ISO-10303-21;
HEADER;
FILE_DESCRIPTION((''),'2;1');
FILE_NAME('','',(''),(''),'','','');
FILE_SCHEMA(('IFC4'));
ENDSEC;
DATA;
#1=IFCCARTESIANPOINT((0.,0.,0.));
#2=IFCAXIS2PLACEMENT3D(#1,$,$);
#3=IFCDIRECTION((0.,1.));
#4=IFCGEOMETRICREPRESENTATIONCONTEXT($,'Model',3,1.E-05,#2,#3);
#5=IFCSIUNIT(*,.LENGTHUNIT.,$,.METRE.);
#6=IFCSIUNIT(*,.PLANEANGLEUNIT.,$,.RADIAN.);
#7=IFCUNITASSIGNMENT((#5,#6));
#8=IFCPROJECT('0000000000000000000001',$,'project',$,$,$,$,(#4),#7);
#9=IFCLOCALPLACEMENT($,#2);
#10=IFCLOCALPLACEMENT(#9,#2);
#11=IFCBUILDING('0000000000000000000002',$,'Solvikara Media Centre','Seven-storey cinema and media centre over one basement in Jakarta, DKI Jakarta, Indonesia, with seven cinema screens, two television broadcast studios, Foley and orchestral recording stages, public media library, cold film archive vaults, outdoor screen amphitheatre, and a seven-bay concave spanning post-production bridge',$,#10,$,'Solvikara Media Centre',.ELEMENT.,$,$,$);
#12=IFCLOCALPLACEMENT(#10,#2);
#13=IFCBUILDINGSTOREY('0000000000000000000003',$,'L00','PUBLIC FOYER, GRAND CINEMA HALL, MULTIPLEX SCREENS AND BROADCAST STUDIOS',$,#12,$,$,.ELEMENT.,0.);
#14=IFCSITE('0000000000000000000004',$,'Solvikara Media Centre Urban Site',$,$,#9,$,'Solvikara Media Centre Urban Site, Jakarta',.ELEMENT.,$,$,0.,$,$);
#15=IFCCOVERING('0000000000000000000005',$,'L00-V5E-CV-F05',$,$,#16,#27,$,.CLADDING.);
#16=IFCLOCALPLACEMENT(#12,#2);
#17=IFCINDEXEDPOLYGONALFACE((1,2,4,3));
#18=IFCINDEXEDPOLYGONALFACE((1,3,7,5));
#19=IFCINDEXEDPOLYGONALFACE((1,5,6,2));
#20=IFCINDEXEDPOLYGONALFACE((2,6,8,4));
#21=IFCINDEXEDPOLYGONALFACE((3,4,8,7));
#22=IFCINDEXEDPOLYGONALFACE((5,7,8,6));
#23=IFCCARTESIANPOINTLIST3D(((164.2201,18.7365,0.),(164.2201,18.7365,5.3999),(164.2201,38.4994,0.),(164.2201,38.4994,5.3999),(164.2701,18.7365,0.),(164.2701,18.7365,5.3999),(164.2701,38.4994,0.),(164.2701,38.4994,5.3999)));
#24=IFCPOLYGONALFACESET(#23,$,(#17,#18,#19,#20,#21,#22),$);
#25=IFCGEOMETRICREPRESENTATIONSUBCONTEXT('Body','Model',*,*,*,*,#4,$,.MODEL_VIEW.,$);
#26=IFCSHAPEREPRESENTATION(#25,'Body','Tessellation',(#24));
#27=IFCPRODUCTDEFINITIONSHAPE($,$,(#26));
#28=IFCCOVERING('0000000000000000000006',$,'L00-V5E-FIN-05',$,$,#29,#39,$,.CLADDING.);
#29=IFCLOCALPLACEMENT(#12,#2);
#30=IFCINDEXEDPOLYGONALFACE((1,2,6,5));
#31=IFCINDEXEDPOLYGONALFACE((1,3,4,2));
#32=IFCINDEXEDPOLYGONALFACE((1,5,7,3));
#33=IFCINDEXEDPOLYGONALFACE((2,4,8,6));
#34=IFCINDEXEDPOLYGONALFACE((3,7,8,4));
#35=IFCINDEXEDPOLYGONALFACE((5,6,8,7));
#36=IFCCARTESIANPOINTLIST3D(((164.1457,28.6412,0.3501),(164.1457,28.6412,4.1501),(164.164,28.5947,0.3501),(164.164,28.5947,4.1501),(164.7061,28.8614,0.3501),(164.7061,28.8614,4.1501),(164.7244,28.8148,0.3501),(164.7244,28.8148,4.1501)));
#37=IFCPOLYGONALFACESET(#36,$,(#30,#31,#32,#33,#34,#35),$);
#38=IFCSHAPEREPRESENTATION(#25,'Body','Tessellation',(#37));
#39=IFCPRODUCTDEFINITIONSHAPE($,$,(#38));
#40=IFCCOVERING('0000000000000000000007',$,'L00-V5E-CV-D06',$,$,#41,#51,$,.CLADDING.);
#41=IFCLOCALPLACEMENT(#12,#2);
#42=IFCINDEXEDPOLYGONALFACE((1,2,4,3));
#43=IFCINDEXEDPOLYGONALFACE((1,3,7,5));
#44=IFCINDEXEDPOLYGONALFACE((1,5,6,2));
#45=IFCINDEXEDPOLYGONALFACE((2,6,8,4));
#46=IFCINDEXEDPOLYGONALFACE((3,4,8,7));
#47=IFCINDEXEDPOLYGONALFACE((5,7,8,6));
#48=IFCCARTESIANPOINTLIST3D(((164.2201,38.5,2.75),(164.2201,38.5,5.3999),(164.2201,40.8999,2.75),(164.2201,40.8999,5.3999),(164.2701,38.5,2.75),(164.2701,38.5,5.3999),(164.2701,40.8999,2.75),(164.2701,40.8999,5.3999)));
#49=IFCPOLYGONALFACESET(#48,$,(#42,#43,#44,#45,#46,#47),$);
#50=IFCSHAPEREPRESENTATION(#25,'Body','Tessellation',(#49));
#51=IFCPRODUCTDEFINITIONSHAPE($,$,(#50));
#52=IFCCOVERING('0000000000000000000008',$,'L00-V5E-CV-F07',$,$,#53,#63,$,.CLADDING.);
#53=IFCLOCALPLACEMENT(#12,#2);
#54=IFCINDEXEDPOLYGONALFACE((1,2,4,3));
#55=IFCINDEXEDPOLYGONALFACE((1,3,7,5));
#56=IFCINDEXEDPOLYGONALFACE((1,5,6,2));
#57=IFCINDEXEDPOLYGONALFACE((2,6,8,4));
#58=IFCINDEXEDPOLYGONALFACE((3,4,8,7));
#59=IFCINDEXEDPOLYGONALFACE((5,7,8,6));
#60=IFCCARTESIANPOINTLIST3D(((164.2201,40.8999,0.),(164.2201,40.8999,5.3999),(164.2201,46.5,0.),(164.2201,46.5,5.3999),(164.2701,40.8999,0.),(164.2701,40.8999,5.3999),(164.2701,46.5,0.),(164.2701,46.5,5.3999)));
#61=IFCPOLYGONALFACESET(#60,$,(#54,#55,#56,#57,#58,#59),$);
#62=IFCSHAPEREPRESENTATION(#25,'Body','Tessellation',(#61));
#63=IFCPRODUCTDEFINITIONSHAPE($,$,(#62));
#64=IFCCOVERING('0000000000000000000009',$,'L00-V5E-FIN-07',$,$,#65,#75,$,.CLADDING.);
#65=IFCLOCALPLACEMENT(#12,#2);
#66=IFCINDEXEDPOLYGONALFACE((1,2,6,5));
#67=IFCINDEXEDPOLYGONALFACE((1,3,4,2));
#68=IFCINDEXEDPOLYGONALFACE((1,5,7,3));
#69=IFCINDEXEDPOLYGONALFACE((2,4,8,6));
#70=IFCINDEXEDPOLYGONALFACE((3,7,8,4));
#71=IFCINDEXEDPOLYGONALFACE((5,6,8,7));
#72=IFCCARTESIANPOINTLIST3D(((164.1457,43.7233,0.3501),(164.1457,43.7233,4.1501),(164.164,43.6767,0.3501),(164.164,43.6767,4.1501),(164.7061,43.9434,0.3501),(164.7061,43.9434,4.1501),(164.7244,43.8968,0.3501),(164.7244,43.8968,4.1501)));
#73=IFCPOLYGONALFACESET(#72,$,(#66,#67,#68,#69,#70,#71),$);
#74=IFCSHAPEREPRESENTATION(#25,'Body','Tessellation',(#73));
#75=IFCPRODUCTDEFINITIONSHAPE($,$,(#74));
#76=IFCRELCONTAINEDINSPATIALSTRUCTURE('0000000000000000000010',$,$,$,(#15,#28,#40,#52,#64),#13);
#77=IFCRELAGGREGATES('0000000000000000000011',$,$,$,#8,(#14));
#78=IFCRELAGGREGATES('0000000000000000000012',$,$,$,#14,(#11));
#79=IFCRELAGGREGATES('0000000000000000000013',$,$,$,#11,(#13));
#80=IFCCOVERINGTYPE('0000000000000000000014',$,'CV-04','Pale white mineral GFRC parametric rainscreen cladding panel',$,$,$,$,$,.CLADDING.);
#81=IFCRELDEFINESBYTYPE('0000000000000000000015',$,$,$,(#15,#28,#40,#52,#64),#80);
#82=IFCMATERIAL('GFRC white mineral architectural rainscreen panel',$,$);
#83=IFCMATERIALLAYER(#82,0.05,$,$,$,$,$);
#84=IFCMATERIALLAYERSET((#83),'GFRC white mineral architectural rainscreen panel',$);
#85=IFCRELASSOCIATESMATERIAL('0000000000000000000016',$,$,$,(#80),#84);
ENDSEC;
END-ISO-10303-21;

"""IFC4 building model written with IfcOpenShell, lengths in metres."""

from ifc_helpers import new_model, si_unit, direction, frame, origin, origin_2d, place, context, subcontext, project, spatial, rectangle, extrude, material, layer, layer_set, type_object, element, save


model = new_model("IFC4")

# Units and contexts
model_context = context("Model", 3, precision=1e-05, world=origin(), true_north=direction((0.0, 1.0)))
body_context = subcontext(model_context, "Body", "Model", "MODEL_VIEW")
ifc_project = project(units=[si_unit("LENGTHUNIT", "METRE"), si_unit("PLANEANGLEUNIT", "RADIAN")], contexts=[model_context])

# Site, building, storey
site_placement = place(None, origin())
site = spatial("IfcSite", under=ifc_project, at=site_placement, Name="Solvikara Media Centre Urban Site", LongName="Solvikara Media Centre Urban Site, Jakarta", CompositionType="ELEMENT", RefElevation=0.0)
building_placement = place(site_placement, origin())
building = spatial("IfcBuilding", under=site, at=building_placement, Name="Solvikara Media Centre", Description="Seven-storey cinema and media centre over one basement in Jakarta, DKI Jakarta, Indonesia, with seven cinema screens, two television broadcast studios, Foley and orchestral recording stages, public media library, cold film archive vaults, outdoor screen amphitheatre, and a seven-bay concave spanning post-production bridge", LongName="Solvikara Media Centre", CompositionType="ELEMENT")
storey_placement = place(building_placement, origin())
storey = spatial("IfcBuildingStorey", under=building, at=storey_placement, Name="L00", Description="PUBLIC FOYER, GRAND CINEMA HALL, MULTIPLEX SCREENS AND BROADCAST STUDIOS", CompositionType="ELEMENT", Elevation=0.0)

# Coverings
ifc_material_1 = material(Name="GFRC white mineral architectural rainscreen panel")
ifc_layer_1 = layer(ifc_material_1, 0.05)
ifc_layer_set_1 = layer_set([ifc_layer_1], Name="GFRC white mineral architectural rainscreen panel")
covering_type = type_object("IfcCoveringType", Name="CV-04", Description="Pale white mineral GFRC parametric rainscreen cladding panel", PredefinedType="CLADDING", material=ifc_layer_set_1)
covering_1_placement = place(storey_placement, frame((164.2451, 28.6179, 0.0), z_axis=(0.0, 0.0, 1.0), x_axis=(0.0, 1.0, 0.0)))
element("IfcCovering", 1, at=covering_1_placement, inside=storey, type_object=covering_type, Name="L00-V5E-CV-F05", PredefinedType="CLADDING", context=body_context, shape_type="SweptSolid", body=[
    extrude(rectangle(XDim=19.7629, YDim=0.05, at=origin_2d()), origin(), (0.0, 0.0, 1.0), 5.3999),
])
covering_2_placement = place(storey_placement, frame((164.4351, 28.728, 0.3501), z_axis=(0.0, 0.0, 1.0), x_axis=(0.93075, 0.365657, 0.0)))
element("IfcCovering", 2, at=covering_2_placement, inside=storey, type_object=covering_type, Name="L00-V5E-FIN-05", PredefinedType="CLADDING", context=body_context, shape_type="SweptSolid", body=[
    extrude(rectangle(XDim=0.6021, YDim=0.05, at=origin_2d()), origin(), (0.0, 0.0, 1.0), 3.8),
])
covering_3_placement = place(storey_placement, frame((164.2451, 39.7, 2.75), z_axis=(0.0, 0.0, 1.0), x_axis=(0.0, 1.0, 0.0)))
element("IfcCovering", 3, at=covering_3_placement, inside=storey, type_object=covering_type, Name="L00-V5E-CV-D06", PredefinedType="CLADDING", context=body_context, shape_type="SweptSolid", body=[
    extrude(rectangle(XDim=2.3999, YDim=0.05, at=origin_2d()), origin(), (0.0, 0.0, 1.0), 2.6499),
])
covering_4_placement = place(storey_placement, frame((164.2451, 43.7, 0.0), z_axis=(0.0, 0.0, 1.0), x_axis=(0.0, 1.0, 0.0)))
element("IfcCovering", 4, at=covering_4_placement, inside=storey, type_object=covering_type, Name="L00-V5E-CV-F07", PredefinedType="CLADDING", context=body_context, shape_type="SweptSolid", body=[
    extrude(rectangle(XDim=5.6001, YDim=0.05, at=origin_2d()), origin(), (0.0, 0.0, 1.0), 5.3999),
])
covering_5_placement = place(storey_placement, frame((164.4351, 43.8101, 0.3501), z_axis=(0.0, 0.0, 1.0), x_axis=(0.93075, 0.365657, 0.0)))
element("IfcCovering", 5, at=covering_5_placement, inside=storey, type_object=covering_type, Name="L00-V5E-FIN-07", PredefinedType="CLADDING", context=body_context, shape_type="SweptSolid", body=[
    extrude(rectangle(XDim=0.6021, YDim=0.05, at=origin_2d()), origin(), (0.0, 0.0, 1.0), 3.8),
])

save(model, "model.ifc")
